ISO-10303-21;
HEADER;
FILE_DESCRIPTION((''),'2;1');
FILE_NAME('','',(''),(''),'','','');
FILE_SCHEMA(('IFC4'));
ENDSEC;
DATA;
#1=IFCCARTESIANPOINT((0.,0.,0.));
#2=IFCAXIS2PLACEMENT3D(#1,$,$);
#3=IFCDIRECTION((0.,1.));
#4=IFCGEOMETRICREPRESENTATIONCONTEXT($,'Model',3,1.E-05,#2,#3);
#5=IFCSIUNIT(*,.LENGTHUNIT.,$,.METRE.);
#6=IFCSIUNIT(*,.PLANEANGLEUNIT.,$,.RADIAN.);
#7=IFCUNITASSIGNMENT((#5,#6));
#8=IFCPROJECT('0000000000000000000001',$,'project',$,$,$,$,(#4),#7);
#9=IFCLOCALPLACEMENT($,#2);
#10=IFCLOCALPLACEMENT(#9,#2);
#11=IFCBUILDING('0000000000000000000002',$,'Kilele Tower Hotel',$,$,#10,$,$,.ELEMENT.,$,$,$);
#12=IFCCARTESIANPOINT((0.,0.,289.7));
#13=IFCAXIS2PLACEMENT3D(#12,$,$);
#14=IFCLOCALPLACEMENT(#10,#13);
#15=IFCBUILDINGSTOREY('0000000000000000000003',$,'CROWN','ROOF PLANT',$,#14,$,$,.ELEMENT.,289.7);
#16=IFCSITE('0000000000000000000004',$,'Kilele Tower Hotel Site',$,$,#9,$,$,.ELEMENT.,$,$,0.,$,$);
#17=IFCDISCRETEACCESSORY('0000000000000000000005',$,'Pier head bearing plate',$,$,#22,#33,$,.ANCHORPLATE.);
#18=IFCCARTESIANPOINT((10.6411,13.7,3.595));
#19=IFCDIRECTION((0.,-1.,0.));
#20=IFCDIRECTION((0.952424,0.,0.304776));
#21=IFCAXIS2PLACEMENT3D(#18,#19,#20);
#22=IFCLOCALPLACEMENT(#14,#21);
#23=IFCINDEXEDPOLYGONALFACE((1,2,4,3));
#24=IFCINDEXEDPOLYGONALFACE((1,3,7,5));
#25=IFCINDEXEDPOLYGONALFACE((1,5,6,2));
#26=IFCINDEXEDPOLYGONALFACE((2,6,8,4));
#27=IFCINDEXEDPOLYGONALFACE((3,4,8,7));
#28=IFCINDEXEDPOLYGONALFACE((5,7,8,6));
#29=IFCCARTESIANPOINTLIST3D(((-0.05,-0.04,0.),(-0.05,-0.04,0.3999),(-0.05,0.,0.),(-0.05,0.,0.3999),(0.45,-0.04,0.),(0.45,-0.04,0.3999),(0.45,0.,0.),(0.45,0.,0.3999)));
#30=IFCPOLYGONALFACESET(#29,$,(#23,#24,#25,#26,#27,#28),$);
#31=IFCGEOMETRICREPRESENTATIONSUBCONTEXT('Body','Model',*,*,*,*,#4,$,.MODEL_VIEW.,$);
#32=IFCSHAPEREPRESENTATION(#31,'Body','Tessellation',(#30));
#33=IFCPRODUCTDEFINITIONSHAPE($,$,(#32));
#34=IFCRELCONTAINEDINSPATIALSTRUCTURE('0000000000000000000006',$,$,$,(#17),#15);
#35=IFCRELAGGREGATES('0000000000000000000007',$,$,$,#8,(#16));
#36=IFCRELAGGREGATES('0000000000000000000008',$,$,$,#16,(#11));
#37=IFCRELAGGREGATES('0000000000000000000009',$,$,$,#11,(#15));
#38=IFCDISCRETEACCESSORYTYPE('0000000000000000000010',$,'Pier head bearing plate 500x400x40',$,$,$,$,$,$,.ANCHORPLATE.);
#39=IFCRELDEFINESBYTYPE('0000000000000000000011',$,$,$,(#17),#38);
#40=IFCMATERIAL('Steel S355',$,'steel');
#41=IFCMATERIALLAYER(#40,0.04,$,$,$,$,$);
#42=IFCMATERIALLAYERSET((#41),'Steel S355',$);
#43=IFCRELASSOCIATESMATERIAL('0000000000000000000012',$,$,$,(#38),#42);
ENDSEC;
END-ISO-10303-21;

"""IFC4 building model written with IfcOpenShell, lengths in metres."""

from ifc_helpers import new_model, si_unit, direction, frame, origin, place, context, subcontext, project, spatial, polyline, outline, extrude, source, transform, mapped, material, layer, layer_set, type_object, element, save


model = new_model("IFC4")

# Units and contexts
model_context = context("Model", 3, precision=1e-05, world=origin(), true_north=direction((0.0, 1.0)))
body_context = subcontext(model_context, "Body", "Model", "MODEL_VIEW")
ifc_project = project(units=[si_unit("LENGTHUNIT", "METRE"), si_unit("PLANEANGLEUNIT", "RADIAN")], contexts=[model_context])

# Site, building, storey
site_placement = place(None, origin())
site = spatial("IfcSite", under=ifc_project, at=site_placement, Name="Kilele Tower Hotel Site", CompositionType="ELEMENT", RefElevation=0.0)
building_placement = place(site_placement, origin())
building = spatial("IfcBuilding", under=site, at=building_placement, Name="Kilele Tower Hotel", CompositionType="ELEMENT")
storey_placement = place(building_placement, frame((0.0, 0.0, 289.7)))
storey = spatial("IfcBuildingStorey", under=building, at=storey_placement, Name="CROWN", Description="ROOF PLANT", CompositionType="ELEMENT", Elevation=289.7)

# Discrete accessory
ifc_material_1 = material(Name="Steel S355", Category="steel")
ifc_layer_1 = layer(ifc_material_1, 0.04)
ifc_layer_set_1 = layer_set([ifc_layer_1], Name="Steel S355")
discrete_accessory_type_1 = type_object("IfcDiscreteAccessoryType", Name="Pier head bearing plate 500x400x40", PredefinedType="ANCHORPLATE", material=ifc_layer_set_1)
shared_shape_1 = source(origin(), body_context, "Body", "SweptSolid", [
    extrude(outline(polyline([(-0.05, -0.04), (0.45, -0.04), (0.45, 0.0), (-0.05, 0.0), (-0.05, -0.04)])), origin(), (0.0, 0.0, 1.0), 0.3999),
])
discrete_accessory_placement = place(storey_placement, frame((10.6411, 13.7, 3.595), z_axis=(0.0, -1.0, 0.0), x_axis=(0.952424, 0.0, 0.304776)))
element("IfcDiscreteAccessory", 1, at=discrete_accessory_placement, inside=storey, type_object=discrete_accessory_type_1, Name="Pier head bearing plate", PredefinedType="ANCHORPLATE", context=body_context, shape_type="MappedRepresentation", body=[
    mapped(shared_shape_1, transform((0.0, 0.0, 0.0))),
])

save(model, "model.ifc")
